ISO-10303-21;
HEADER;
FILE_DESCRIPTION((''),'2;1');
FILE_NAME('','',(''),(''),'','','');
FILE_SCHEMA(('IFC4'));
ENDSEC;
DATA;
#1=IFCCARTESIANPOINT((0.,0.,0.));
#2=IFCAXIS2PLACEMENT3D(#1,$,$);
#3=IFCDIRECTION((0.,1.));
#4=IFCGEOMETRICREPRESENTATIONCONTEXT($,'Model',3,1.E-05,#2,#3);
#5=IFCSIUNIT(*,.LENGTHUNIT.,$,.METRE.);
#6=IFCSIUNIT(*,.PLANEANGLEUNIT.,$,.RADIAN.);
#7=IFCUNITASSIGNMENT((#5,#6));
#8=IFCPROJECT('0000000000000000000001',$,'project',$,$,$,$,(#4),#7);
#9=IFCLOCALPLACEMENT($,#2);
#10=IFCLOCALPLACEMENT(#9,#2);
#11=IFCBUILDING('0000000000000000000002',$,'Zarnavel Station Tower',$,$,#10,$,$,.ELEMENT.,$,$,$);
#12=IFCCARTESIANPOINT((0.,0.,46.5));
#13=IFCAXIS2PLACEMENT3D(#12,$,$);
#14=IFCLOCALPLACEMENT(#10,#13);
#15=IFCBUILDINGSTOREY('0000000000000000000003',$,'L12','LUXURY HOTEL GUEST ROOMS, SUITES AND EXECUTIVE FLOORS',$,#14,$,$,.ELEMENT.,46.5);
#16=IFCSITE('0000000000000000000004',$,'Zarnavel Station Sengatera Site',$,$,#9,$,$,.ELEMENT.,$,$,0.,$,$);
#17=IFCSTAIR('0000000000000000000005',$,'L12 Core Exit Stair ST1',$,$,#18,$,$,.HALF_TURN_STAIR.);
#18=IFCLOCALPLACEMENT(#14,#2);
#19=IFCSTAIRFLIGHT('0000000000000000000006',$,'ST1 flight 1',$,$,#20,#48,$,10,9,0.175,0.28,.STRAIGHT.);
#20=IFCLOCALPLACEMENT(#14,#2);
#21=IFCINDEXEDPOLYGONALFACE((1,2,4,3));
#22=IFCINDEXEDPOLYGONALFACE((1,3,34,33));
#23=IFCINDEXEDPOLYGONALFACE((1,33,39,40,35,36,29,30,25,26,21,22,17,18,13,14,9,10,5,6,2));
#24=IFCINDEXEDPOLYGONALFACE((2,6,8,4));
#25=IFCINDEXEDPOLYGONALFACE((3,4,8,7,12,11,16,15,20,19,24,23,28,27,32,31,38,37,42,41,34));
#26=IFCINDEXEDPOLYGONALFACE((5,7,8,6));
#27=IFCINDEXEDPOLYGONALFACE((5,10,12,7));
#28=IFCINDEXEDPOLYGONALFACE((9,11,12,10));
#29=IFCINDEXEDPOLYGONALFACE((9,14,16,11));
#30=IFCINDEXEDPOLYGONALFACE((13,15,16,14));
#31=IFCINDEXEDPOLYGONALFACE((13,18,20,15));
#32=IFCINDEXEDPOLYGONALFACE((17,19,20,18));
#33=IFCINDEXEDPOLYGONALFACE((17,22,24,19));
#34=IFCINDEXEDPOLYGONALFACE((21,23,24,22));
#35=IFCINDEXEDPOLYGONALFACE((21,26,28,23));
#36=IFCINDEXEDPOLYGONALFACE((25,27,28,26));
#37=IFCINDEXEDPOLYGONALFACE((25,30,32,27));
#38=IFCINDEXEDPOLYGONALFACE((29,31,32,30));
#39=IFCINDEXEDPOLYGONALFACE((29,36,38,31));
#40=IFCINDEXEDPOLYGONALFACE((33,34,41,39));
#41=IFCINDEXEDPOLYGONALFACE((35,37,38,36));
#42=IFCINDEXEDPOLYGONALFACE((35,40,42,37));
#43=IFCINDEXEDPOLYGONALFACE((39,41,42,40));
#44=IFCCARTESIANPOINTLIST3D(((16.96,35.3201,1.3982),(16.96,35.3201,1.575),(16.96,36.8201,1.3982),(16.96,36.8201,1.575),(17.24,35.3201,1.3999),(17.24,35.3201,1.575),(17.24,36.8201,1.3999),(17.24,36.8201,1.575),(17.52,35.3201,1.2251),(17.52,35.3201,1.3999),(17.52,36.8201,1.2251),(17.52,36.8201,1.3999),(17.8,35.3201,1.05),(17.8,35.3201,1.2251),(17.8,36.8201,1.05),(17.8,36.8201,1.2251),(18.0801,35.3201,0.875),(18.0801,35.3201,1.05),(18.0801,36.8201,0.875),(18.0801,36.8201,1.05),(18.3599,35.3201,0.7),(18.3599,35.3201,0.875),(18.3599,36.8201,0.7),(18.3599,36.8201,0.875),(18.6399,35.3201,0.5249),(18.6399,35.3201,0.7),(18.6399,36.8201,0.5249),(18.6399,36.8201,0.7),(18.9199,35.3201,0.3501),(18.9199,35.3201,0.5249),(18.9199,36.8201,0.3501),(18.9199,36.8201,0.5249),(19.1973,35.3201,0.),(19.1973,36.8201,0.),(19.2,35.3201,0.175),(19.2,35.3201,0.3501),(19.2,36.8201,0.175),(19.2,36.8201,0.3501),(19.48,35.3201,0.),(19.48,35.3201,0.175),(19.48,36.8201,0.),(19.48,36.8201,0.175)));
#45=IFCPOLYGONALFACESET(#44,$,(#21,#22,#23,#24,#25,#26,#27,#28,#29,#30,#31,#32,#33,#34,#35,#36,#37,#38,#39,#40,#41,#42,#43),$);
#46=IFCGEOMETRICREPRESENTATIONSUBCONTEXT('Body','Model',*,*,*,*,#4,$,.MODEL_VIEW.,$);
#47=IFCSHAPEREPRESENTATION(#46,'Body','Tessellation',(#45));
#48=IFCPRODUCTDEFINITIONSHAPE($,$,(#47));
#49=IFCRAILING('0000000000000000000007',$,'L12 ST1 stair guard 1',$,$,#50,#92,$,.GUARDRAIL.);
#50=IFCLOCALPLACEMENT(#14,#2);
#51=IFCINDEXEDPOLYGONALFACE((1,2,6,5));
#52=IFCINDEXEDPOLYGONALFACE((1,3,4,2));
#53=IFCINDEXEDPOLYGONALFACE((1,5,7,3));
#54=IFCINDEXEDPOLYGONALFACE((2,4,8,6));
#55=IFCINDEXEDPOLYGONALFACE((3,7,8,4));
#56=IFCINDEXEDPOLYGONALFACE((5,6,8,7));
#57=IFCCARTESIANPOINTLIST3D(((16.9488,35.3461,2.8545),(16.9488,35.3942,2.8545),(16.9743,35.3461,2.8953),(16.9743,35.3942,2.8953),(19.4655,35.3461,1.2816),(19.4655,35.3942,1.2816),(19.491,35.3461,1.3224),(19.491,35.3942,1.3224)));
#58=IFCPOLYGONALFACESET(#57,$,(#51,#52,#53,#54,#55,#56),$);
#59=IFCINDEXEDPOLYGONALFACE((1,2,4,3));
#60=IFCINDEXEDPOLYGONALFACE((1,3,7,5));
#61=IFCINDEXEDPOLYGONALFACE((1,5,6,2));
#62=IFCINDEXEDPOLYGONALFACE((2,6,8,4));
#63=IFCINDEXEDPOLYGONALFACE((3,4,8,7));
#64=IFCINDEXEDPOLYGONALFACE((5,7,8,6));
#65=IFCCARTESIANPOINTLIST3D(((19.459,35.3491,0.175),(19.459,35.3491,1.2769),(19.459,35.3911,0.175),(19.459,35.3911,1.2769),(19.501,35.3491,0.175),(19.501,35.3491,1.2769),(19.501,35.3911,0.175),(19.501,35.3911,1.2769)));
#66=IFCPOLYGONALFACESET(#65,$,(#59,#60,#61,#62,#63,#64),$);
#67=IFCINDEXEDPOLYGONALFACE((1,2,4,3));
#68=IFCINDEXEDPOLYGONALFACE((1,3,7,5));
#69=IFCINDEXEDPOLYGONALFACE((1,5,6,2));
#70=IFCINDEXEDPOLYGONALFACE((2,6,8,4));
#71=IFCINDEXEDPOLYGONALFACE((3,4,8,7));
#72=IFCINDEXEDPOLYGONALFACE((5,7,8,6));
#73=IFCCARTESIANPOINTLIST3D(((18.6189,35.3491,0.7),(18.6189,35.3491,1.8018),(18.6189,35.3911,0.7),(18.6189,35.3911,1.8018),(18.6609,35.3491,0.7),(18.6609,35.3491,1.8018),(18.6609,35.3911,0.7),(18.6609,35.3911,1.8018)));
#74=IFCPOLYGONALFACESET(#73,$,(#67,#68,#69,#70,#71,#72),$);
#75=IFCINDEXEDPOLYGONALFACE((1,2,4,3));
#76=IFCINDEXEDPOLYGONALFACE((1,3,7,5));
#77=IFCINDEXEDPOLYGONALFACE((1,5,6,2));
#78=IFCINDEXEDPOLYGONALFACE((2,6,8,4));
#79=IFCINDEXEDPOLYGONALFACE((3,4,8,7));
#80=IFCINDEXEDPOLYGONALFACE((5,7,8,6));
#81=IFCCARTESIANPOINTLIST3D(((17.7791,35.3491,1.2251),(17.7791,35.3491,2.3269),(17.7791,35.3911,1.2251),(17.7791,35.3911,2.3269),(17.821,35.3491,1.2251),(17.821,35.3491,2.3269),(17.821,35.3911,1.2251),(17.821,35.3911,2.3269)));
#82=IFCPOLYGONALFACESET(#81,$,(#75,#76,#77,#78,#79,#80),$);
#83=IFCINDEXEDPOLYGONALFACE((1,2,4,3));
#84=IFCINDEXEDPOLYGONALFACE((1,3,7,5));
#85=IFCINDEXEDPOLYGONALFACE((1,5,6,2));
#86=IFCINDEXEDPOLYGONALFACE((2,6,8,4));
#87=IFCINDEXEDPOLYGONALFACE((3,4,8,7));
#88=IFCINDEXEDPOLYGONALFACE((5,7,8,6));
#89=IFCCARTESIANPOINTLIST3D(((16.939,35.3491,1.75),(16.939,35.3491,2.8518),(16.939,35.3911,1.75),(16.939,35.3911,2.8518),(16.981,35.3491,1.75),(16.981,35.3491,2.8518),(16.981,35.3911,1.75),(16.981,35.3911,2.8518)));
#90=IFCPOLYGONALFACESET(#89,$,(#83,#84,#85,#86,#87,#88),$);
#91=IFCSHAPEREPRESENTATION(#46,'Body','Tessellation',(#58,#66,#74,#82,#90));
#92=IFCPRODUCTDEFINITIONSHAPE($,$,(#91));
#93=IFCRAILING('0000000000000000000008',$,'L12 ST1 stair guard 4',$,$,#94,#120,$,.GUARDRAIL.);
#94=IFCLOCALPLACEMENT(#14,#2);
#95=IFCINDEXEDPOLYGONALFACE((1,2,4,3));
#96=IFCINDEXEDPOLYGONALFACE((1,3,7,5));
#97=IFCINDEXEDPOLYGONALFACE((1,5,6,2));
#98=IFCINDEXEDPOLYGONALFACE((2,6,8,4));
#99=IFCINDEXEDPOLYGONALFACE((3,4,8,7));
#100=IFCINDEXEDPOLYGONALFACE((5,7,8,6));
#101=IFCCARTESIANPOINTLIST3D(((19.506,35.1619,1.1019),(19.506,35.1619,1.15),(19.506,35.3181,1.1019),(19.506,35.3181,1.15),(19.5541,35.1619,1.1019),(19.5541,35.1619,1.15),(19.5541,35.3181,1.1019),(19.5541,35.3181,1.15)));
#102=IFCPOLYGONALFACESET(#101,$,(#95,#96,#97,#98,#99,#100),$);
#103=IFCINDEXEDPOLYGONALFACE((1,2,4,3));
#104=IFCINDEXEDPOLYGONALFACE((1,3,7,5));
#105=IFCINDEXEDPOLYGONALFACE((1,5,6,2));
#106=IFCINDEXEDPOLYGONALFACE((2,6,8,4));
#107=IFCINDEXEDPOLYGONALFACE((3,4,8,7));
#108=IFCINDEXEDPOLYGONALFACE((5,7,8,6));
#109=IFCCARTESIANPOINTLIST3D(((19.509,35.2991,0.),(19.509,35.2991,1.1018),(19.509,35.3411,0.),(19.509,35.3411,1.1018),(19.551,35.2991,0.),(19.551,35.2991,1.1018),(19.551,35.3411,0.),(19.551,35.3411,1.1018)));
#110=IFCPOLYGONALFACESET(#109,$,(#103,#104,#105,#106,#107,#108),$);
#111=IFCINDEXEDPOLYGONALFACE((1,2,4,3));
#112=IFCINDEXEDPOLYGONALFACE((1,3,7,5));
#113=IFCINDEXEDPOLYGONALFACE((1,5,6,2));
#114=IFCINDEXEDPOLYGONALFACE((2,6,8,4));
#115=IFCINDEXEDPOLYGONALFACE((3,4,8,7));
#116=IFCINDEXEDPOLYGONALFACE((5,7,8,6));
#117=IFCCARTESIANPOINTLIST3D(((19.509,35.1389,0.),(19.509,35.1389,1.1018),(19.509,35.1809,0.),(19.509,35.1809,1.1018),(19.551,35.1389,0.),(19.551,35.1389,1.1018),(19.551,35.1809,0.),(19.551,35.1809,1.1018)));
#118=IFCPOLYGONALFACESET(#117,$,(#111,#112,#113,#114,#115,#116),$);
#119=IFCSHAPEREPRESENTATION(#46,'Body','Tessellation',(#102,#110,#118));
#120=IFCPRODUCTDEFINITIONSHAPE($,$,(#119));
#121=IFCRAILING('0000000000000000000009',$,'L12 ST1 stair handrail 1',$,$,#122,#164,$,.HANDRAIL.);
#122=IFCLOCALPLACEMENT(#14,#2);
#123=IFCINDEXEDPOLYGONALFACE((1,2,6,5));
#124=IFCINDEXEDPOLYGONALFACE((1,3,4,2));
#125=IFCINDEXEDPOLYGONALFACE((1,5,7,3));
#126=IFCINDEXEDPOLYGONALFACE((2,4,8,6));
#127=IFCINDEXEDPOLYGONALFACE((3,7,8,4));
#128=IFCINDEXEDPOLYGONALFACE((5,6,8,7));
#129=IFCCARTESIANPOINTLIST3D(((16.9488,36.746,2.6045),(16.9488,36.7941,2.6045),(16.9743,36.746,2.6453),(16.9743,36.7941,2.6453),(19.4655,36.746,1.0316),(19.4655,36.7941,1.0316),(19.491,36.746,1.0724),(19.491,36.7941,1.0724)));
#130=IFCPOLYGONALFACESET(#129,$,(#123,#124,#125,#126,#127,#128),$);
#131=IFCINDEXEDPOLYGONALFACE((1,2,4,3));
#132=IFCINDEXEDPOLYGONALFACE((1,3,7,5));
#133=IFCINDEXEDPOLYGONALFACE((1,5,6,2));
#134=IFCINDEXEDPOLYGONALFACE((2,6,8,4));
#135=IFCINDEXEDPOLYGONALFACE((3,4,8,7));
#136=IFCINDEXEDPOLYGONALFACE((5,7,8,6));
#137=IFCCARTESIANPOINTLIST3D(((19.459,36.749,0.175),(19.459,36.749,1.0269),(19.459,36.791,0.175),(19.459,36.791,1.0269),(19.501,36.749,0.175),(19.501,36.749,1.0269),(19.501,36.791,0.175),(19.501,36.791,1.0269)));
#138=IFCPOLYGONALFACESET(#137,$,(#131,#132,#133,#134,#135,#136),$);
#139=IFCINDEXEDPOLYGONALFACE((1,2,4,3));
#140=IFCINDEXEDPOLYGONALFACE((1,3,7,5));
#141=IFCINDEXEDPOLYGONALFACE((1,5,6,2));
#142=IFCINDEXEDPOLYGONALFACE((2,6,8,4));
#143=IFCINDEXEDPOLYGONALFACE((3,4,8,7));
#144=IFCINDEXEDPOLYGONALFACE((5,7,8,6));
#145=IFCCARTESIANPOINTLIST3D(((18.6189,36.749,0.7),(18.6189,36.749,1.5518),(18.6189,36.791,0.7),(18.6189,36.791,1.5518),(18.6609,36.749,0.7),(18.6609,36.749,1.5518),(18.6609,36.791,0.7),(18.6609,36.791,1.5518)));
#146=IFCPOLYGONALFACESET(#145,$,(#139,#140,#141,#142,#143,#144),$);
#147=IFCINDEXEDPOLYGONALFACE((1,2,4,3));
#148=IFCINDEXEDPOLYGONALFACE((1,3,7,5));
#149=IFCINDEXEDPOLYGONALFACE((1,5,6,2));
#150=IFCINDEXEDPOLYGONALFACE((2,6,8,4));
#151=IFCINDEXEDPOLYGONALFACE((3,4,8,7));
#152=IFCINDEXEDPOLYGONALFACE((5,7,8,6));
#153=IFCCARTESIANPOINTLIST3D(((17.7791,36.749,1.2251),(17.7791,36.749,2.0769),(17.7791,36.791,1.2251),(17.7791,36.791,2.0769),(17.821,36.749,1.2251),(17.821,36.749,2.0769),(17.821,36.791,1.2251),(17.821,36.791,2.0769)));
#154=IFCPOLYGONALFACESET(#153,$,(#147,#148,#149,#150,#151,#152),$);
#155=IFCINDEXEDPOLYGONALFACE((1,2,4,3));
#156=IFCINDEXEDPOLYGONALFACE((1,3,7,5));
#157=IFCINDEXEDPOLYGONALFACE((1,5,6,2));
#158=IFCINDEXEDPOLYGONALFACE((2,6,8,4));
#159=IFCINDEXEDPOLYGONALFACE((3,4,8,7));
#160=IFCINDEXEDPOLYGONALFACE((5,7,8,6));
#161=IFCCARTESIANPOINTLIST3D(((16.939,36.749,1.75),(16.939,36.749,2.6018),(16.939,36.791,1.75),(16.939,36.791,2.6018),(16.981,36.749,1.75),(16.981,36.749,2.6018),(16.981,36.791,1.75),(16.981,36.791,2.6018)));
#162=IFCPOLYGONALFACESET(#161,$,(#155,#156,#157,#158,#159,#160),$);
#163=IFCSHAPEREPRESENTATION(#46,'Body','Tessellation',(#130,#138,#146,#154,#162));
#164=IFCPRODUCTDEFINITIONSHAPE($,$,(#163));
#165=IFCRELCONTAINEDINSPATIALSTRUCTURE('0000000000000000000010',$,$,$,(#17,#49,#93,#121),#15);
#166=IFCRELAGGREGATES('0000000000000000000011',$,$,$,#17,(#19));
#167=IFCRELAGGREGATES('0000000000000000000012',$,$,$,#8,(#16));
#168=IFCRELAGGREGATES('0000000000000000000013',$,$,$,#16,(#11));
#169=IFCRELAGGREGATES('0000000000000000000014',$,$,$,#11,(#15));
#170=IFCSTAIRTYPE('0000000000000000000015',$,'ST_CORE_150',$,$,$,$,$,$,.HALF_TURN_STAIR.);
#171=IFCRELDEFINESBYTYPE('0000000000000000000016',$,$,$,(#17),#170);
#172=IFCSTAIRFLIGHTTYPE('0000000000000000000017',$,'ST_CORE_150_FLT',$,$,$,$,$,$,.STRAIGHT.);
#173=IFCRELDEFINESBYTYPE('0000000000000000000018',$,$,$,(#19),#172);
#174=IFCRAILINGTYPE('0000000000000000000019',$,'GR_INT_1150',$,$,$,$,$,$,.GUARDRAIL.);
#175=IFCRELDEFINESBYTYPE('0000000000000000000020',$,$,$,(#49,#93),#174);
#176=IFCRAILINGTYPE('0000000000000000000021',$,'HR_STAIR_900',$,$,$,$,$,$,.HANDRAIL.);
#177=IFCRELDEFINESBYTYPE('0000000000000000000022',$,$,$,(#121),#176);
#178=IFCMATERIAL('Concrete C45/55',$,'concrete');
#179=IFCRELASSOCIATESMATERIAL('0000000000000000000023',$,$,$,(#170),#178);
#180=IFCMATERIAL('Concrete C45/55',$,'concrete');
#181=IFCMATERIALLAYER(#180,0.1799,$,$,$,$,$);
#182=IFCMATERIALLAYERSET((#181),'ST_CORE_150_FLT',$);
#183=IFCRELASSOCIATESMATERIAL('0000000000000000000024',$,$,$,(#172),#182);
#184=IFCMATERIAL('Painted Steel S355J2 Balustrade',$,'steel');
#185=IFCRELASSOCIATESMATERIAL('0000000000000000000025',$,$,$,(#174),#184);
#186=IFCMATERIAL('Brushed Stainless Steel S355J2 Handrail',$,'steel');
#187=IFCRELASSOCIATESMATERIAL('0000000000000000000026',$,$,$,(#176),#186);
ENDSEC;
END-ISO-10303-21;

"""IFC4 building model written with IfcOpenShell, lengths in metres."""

from ifc_helpers import new_model, si_unit, direction, frame, origin, origin_2d, place, context, subcontext, project, spatial, polyline, rectangle, outline, extrude, material, layer, layer_set, type_object, element, aggregate, save


model = new_model("IFC4")

# Units and contexts
model_context = context("Model", 3, precision=1e-05, world=origin(), true_north=direction((0.0, 1.0)))
body_context = subcontext(model_context, "Body", "Model", "MODEL_VIEW")
ifc_project = project(units=[si_unit("LENGTHUNIT", "METRE"), si_unit("PLANEANGLEUNIT", "RADIAN")], contexts=[model_context])

# Site, building, storey
site_placement = place(None, origin())
site = spatial("IfcSite", under=ifc_project, at=site_placement, Name="Zarnavel Station Sengatera Site", CompositionType="ELEMENT", RefElevation=0.0)
building_placement = place(site_placement, origin())
building = spatial("IfcBuilding", under=site, at=building_placement, Name="Zarnavel Station Tower", CompositionType="ELEMENT")
storey_placement = place(building_placement, frame((0.0, 0.0, 46.5)))
storey = spatial("IfcBuildingStorey", under=building, at=storey_placement, Name="L12", Description="LUXURY HOTEL GUEST ROOMS, SUITES AND EXECUTIVE FLOORS", CompositionType="ELEMENT", Elevation=46.5)

# Stair, stair flight
ifc_material_1 = material(Name="Concrete C45/55", Category="concrete")
stair_type = type_object("IfcStairType", Name="ST_CORE_150", PredefinedType="HALF_TURN_STAIR", material=ifc_material_1)
stair_placement = place(storey_placement, origin())
stair = element("IfcStair", 1, at=stair_placement, inside=storey, type_object=stair_type, Name="L12 Core Exit Stair ST1", PredefinedType="HALF_TURN_STAIR")
ifc_material_2 = material(Name="Concrete C45/55", Category="concrete")
ifc_layer_1 = layer(ifc_material_2, 0.1799)
ifc_layer_set_1 = layer_set([ifc_layer_1], Name="ST_CORE_150_FLT")
stair_flight_type = type_object("IfcStairFlightType", Name="ST_CORE_150_FLT", PredefinedType="STRAIGHT", material=ifc_layer_set_1)
stair_flight_placement = place(storey_placement, frame((19.48, 36.0701, 0.0), z_axis=(0.0, 0.0, 1.0), x_axis=(-1.0, 0.0, 0.0)))
stair_flight = element("IfcStairFlight", 2, at=stair_flight_placement, type_object=stair_flight_type, Name="ST1 flight 1", NumberOfRisers=10, NumberOfTreads=9, PredefinedType="STRAIGHT", RiserHeight=0.175, TreadLength=0.28, context=body_context, shape_type="SweptSolid", body=[
    extrude(outline(polyline([(0.0, 0.0), (0.0, 0.175), (0.28, 0.175), (0.28, 0.3501), (0.5601, 0.3501), (0.5601, 0.5249), (0.8401, 0.5249), (0.8401, 0.7), (1.1201, 0.7), (1.1201, 0.875), (1.3999, 0.875), (1.3999, 1.05), (1.6799, 1.05), (1.6799, 1.2251), (1.96, 1.2251), (1.96, 1.3999), (2.24, 1.3999), (2.24, 1.575), (2.52, 1.575), (2.52, 1.75), (2.52, 1.3982), (0.2827, 0.0), (0.0, 0.0)])), frame((0.0, 0.75, 0.0), z_axis=(0.0, -1.0, 0.0), x_axis=(1.0, 0.0, 0.0)), (0.0, 0.0, 1.0), 1.5),
])
aggregate(stair, [stair_flight])

# Railings
ifc_material_3 = material(Name="Painted Steel S355J2 Balustrade", Category="steel")
railing_type_1 = type_object("IfcRailingType", Name="GR_INT_1150", PredefinedType="GUARDRAIL", material=ifc_material_3)
railing_1_placement = place(storey_placement, frame((19.48, 35.3701, 0.175)))
element("IfcRailing", 3, at=railing_1_placement, inside=storey, type_object=railing_type_1, Name="L12 ST1 stair guard 1", PredefinedType="GUARDRAIL", context=body_context, shape_type="SweptSolid", body=[
    extrude(rectangle(XDim=0.0481, YDim=0.0481, at=origin_2d()), frame((-0.0017, 0.0, 1.127), z_axis=(-0.848008, 0.0, 0.529984), x_axis=(0.0, -1.0, 0.0)), (0.0, 0.0, 1.0), 2.9678),
    extrude(rectangle(XDim=0.042, YDim=0.042, at=origin_2d()), origin(), (0.0, 0.0, 1.0), 1.1018),
    extrude(rectangle(XDim=0.042, YDim=0.042, at=origin_2d()), frame((-0.8401, 0.0, 0.5249)), (0.0, 0.0, 1.0), 1.1018),
    extrude(rectangle(XDim=0.042, YDim=0.042, at=origin_2d()), frame((-1.6799, 0.0, 1.05)), (0.0, 0.0, 1.0), 1.1018),
    extrude(rectangle(XDim=0.042, YDim=0.042, at=origin_2d()), frame((-2.52, 0.0, 1.575)), (0.0, 0.0, 1.0), 1.1018),
])
railing_2_placement = place(storey_placement, frame((19.53, 35.3201, 0.0)))
element("IfcRailing", 4, at=railing_2_placement, inside=storey, type_object=railing_type_1, Name="L12 ST1 stair guard 4", PredefinedType="GUARDRAIL", context=body_context, shape_type="SweptSolid", body=[
    extrude(rectangle(XDim=0.0481, YDim=0.0481, at=origin_2d()), frame((0.0, -0.002, 1.126), z_axis=(0.0, -1.0, 0.0), x_axis=(1.0, 0.0, 0.0)), (0.0, 0.0, 1.0), 0.1562),
    extrude(rectangle(XDim=0.042, YDim=0.042, at=origin_2d()), origin(), (0.0, 0.0, 1.0), 1.1018),
    extrude(rectangle(XDim=0.042, YDim=0.042, at=origin_2d()), frame((0.0, -0.1602, 0.0)), (0.0, 0.0, 1.0), 1.1018),
])
ifc_material_4 = material(Name="Brushed Stainless Steel S355J2 Handrail", Category="steel")
railing_type_2 = type_object("IfcRailingType", Name="HR_STAIR_900", PredefinedType="HANDRAIL", material=ifc_material_4)
railing_3_placement = place(storey_placement, frame((19.48, 36.77, 0.175)))
element("IfcRailing", 5, at=railing_3_placement, inside=storey, type_object=railing_type_2, Name="L12 ST1 stair handrail 1", PredefinedType="HANDRAIL", context=body_context, shape_type="SweptSolid", body=[
    extrude(rectangle(XDim=0.0481, YDim=0.0481, at=origin_2d()), frame((-0.0017, 0.0, 0.877), z_axis=(-0.848008, 0.0, 0.529984), x_axis=(0.0, -1.0, 0.0)), (0.0, 0.0, 1.0), 2.9678),
    extrude(rectangle(XDim=0.042, YDim=0.042, at=origin_2d()), origin(), (0.0, 0.0, 1.0), 0.8518),
    extrude(rectangle(XDim=0.042, YDim=0.042, at=origin_2d()), frame((-0.8401, 0.0, 0.5249)), (0.0, 0.0, 1.0), 0.8518),
    extrude(rectangle(XDim=0.042, YDim=0.042, at=origin_2d()), frame((-1.6799, 0.0, 1.05)), (0.0, 0.0, 1.0), 0.8518),
    extrude(rectangle(XDim=0.042, YDim=0.042, at=origin_2d()), frame((-2.52, 0.0, 1.575)), (0.0, 0.0, 1.0), 0.8518),
])

save(model, "model.ifc")
